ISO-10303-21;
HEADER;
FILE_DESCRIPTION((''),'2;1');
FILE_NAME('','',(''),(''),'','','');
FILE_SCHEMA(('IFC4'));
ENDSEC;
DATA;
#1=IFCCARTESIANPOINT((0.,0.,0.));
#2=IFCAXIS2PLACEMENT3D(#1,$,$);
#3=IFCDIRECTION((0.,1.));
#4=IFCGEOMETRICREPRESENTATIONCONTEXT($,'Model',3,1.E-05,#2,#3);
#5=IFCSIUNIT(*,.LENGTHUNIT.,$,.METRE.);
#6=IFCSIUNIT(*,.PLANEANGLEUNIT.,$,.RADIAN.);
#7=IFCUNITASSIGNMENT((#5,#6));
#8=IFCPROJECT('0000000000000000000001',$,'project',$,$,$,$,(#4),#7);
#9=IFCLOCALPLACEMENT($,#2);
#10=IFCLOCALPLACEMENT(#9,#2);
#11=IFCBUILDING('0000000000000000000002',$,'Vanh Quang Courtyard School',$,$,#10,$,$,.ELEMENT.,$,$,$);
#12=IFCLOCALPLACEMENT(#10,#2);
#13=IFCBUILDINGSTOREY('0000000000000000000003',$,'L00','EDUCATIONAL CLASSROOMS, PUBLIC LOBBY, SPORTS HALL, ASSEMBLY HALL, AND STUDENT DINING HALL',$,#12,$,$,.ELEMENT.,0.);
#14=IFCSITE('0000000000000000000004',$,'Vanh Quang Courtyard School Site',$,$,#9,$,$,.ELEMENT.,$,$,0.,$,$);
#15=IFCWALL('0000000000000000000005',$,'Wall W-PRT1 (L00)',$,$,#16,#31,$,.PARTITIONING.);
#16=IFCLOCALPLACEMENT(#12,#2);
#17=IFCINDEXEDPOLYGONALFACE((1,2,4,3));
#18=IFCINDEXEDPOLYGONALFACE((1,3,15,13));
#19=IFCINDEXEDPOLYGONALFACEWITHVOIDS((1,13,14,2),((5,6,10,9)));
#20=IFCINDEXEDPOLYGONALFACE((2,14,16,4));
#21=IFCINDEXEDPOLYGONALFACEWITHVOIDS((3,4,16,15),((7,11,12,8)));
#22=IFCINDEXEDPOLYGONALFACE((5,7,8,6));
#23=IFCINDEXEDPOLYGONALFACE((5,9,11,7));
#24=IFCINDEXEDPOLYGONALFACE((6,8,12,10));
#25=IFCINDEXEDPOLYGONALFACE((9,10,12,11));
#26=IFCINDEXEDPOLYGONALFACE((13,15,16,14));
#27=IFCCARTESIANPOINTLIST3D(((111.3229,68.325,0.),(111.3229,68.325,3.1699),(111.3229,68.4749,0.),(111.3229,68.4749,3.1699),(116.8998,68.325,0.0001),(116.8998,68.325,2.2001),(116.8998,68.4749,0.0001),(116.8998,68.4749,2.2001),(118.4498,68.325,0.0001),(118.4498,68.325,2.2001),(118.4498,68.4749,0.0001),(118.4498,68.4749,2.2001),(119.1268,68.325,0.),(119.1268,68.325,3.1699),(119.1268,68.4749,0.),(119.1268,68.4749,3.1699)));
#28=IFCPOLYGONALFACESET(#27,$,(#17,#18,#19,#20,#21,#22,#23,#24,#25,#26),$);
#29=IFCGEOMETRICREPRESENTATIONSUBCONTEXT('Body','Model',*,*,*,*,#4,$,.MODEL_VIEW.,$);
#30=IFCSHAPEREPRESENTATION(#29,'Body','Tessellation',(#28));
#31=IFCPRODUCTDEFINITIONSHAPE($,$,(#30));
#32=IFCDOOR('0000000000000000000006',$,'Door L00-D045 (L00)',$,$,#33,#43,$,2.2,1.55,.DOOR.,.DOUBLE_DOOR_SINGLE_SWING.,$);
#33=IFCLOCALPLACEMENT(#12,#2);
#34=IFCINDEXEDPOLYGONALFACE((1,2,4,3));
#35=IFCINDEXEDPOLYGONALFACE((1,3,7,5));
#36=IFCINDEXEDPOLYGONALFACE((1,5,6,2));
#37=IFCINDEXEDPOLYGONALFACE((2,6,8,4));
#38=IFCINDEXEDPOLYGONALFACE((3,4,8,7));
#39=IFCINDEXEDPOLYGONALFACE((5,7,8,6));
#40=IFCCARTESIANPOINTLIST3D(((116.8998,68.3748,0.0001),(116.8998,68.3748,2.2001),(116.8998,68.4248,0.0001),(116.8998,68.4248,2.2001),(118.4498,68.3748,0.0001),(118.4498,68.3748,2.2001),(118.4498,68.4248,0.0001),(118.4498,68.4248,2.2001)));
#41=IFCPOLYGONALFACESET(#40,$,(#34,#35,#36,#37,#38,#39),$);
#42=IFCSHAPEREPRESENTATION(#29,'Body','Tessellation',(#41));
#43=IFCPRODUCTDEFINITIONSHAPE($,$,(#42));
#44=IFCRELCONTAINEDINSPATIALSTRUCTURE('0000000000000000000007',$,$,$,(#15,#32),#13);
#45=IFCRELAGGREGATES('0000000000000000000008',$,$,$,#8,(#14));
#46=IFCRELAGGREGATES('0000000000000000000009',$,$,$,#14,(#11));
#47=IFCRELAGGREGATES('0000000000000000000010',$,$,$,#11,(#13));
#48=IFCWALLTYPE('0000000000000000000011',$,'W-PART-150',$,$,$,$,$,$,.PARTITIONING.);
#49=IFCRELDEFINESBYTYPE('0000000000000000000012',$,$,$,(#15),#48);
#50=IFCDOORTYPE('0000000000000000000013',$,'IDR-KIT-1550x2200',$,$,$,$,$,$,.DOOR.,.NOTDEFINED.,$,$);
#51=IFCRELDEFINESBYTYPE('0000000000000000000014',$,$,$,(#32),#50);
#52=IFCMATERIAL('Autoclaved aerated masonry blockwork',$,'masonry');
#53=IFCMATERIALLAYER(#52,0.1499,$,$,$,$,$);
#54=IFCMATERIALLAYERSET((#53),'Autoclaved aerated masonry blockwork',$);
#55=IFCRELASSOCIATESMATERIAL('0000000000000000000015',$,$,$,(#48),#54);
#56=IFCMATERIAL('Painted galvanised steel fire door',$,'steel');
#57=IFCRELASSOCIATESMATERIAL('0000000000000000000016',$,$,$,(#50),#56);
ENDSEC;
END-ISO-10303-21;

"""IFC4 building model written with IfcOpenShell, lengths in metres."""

from ifc_helpers import new_model, si_unit, direction, frame, frame_2d, origin, place, context, subcontext, project, spatial, rectangle, extrude, material, layer, layer_set, type_object, element, fill, save


model = new_model("IFC4")

# Units and contexts
model_context = context("Model", 3, precision=1e-05, world=origin(), true_north=direction((0.0, 1.0)))
body_context = subcontext(model_context, "Body", "Model", "MODEL_VIEW")
ifc_project = project(units=[si_unit("LENGTHUNIT", "METRE"), si_unit("PLANEANGLEUNIT", "RADIAN")], contexts=[model_context])

# Site, building, storey
site_placement = place(None, origin())
site = spatial("IfcSite", under=ifc_project, at=site_placement, Name="Vanh Quang Courtyard School Site", CompositionType="ELEMENT", RefElevation=0.0)
building_placement = place(site_placement, origin())
building = spatial("IfcBuilding", under=site, at=building_placement, Name="Vanh Quang Courtyard School", CompositionType="ELEMENT")
storey_placement = place(building_placement, origin())
storey = spatial("IfcBuildingStorey", under=building, at=storey_placement, Name="L00", Description="EDUCATIONAL CLASSROOMS, PUBLIC LOBBY, SPORTS HALL, ASSEMBLY HALL, AND STUDENT DINING HALL", CompositionType="ELEMENT", Elevation=0.0)

# Wall, opening, door
ifc_material_1 = material(Name="Autoclaved aerated masonry blockwork", Category="masonry")
ifc_layer_1 = layer(ifc_material_1, 0.1499)
ifc_layer_set_1 = layer_set([ifc_layer_1], Name="Autoclaved aerated masonry blockwork")
wall_type = type_object("IfcWallType", Name="W-PART-150", PredefinedType="PARTITIONING", material=ifc_layer_set_1)
wall_placement = place(storey_placement, frame((111.323, 68.3999, 0.0), z_axis=(0.0, 0.0, 1.0), x_axis=(1.0, 0.0, 0.0)))
wall = element("IfcWall", 1, at=wall_placement, inside=storey, type_object=wall_type, Name="Wall W-PRT1 (L00)", PredefinedType="PARTITIONING", context=body_context, shape_type="SweptSolid", body=[
    extrude(rectangle(XDim=7.804, YDim=0.1499, at=frame_2d((3.9019, 0.0))), origin(), (0.0, 0.0, 1.0), 3.1699),
])
opening_placement = place(wall_placement, frame((5.5769, 0.0, 0.0)))
opening = element("IfcOpeningElement", 2, at=opening_placement, cuts=wall, PredefinedType="OPENING", context=body_context, shape_type="SweptSolid", body=[
    extrude(rectangle(XDim=1.55, YDim=2.2, at=frame_2d((0.7749, 1.1001))), frame((0.0, 0.085, 0.0), z_axis=(0.0, -1.0, 0.0), x_axis=(1.0, 0.0, 0.0)), (0.0, 0.0, 1.0), 0.1699),
])
ifc_material_2 = material(Name="Painted galvanised steel fire door", Category="steel")
door_type = type_object("IfcDoorType", Name="IDR-KIT-1550x2200", OperationType="NOTDEFINED", PredefinedType="DOOR", material=ifc_material_2)
door_placement = place(opening_placement, origin())
door = element("IfcDoor", 3, at=door_placement, inside=storey, type_object=door_type, Name="Door L00-D045 (L00)", OperationType="DOUBLE_DOOR_SINGLE_SWING", OverallHeight=2.2, OverallWidth=1.55, PredefinedType="DOOR", context=body_context, shape_type="SweptSolid", body=[
    extrude(rectangle(XDim=1.55, YDim=2.2, at=frame_2d((0.7749, 1.1001))), frame((0.0, 0.0249, 0.0), z_axis=(0.0, -1.0, 0.0), x_axis=(1.0, 0.0, 0.0)), (0.0, 0.0, 1.0), 0.05),
])
fill(opening, door)

save(model, "model.ifc")
